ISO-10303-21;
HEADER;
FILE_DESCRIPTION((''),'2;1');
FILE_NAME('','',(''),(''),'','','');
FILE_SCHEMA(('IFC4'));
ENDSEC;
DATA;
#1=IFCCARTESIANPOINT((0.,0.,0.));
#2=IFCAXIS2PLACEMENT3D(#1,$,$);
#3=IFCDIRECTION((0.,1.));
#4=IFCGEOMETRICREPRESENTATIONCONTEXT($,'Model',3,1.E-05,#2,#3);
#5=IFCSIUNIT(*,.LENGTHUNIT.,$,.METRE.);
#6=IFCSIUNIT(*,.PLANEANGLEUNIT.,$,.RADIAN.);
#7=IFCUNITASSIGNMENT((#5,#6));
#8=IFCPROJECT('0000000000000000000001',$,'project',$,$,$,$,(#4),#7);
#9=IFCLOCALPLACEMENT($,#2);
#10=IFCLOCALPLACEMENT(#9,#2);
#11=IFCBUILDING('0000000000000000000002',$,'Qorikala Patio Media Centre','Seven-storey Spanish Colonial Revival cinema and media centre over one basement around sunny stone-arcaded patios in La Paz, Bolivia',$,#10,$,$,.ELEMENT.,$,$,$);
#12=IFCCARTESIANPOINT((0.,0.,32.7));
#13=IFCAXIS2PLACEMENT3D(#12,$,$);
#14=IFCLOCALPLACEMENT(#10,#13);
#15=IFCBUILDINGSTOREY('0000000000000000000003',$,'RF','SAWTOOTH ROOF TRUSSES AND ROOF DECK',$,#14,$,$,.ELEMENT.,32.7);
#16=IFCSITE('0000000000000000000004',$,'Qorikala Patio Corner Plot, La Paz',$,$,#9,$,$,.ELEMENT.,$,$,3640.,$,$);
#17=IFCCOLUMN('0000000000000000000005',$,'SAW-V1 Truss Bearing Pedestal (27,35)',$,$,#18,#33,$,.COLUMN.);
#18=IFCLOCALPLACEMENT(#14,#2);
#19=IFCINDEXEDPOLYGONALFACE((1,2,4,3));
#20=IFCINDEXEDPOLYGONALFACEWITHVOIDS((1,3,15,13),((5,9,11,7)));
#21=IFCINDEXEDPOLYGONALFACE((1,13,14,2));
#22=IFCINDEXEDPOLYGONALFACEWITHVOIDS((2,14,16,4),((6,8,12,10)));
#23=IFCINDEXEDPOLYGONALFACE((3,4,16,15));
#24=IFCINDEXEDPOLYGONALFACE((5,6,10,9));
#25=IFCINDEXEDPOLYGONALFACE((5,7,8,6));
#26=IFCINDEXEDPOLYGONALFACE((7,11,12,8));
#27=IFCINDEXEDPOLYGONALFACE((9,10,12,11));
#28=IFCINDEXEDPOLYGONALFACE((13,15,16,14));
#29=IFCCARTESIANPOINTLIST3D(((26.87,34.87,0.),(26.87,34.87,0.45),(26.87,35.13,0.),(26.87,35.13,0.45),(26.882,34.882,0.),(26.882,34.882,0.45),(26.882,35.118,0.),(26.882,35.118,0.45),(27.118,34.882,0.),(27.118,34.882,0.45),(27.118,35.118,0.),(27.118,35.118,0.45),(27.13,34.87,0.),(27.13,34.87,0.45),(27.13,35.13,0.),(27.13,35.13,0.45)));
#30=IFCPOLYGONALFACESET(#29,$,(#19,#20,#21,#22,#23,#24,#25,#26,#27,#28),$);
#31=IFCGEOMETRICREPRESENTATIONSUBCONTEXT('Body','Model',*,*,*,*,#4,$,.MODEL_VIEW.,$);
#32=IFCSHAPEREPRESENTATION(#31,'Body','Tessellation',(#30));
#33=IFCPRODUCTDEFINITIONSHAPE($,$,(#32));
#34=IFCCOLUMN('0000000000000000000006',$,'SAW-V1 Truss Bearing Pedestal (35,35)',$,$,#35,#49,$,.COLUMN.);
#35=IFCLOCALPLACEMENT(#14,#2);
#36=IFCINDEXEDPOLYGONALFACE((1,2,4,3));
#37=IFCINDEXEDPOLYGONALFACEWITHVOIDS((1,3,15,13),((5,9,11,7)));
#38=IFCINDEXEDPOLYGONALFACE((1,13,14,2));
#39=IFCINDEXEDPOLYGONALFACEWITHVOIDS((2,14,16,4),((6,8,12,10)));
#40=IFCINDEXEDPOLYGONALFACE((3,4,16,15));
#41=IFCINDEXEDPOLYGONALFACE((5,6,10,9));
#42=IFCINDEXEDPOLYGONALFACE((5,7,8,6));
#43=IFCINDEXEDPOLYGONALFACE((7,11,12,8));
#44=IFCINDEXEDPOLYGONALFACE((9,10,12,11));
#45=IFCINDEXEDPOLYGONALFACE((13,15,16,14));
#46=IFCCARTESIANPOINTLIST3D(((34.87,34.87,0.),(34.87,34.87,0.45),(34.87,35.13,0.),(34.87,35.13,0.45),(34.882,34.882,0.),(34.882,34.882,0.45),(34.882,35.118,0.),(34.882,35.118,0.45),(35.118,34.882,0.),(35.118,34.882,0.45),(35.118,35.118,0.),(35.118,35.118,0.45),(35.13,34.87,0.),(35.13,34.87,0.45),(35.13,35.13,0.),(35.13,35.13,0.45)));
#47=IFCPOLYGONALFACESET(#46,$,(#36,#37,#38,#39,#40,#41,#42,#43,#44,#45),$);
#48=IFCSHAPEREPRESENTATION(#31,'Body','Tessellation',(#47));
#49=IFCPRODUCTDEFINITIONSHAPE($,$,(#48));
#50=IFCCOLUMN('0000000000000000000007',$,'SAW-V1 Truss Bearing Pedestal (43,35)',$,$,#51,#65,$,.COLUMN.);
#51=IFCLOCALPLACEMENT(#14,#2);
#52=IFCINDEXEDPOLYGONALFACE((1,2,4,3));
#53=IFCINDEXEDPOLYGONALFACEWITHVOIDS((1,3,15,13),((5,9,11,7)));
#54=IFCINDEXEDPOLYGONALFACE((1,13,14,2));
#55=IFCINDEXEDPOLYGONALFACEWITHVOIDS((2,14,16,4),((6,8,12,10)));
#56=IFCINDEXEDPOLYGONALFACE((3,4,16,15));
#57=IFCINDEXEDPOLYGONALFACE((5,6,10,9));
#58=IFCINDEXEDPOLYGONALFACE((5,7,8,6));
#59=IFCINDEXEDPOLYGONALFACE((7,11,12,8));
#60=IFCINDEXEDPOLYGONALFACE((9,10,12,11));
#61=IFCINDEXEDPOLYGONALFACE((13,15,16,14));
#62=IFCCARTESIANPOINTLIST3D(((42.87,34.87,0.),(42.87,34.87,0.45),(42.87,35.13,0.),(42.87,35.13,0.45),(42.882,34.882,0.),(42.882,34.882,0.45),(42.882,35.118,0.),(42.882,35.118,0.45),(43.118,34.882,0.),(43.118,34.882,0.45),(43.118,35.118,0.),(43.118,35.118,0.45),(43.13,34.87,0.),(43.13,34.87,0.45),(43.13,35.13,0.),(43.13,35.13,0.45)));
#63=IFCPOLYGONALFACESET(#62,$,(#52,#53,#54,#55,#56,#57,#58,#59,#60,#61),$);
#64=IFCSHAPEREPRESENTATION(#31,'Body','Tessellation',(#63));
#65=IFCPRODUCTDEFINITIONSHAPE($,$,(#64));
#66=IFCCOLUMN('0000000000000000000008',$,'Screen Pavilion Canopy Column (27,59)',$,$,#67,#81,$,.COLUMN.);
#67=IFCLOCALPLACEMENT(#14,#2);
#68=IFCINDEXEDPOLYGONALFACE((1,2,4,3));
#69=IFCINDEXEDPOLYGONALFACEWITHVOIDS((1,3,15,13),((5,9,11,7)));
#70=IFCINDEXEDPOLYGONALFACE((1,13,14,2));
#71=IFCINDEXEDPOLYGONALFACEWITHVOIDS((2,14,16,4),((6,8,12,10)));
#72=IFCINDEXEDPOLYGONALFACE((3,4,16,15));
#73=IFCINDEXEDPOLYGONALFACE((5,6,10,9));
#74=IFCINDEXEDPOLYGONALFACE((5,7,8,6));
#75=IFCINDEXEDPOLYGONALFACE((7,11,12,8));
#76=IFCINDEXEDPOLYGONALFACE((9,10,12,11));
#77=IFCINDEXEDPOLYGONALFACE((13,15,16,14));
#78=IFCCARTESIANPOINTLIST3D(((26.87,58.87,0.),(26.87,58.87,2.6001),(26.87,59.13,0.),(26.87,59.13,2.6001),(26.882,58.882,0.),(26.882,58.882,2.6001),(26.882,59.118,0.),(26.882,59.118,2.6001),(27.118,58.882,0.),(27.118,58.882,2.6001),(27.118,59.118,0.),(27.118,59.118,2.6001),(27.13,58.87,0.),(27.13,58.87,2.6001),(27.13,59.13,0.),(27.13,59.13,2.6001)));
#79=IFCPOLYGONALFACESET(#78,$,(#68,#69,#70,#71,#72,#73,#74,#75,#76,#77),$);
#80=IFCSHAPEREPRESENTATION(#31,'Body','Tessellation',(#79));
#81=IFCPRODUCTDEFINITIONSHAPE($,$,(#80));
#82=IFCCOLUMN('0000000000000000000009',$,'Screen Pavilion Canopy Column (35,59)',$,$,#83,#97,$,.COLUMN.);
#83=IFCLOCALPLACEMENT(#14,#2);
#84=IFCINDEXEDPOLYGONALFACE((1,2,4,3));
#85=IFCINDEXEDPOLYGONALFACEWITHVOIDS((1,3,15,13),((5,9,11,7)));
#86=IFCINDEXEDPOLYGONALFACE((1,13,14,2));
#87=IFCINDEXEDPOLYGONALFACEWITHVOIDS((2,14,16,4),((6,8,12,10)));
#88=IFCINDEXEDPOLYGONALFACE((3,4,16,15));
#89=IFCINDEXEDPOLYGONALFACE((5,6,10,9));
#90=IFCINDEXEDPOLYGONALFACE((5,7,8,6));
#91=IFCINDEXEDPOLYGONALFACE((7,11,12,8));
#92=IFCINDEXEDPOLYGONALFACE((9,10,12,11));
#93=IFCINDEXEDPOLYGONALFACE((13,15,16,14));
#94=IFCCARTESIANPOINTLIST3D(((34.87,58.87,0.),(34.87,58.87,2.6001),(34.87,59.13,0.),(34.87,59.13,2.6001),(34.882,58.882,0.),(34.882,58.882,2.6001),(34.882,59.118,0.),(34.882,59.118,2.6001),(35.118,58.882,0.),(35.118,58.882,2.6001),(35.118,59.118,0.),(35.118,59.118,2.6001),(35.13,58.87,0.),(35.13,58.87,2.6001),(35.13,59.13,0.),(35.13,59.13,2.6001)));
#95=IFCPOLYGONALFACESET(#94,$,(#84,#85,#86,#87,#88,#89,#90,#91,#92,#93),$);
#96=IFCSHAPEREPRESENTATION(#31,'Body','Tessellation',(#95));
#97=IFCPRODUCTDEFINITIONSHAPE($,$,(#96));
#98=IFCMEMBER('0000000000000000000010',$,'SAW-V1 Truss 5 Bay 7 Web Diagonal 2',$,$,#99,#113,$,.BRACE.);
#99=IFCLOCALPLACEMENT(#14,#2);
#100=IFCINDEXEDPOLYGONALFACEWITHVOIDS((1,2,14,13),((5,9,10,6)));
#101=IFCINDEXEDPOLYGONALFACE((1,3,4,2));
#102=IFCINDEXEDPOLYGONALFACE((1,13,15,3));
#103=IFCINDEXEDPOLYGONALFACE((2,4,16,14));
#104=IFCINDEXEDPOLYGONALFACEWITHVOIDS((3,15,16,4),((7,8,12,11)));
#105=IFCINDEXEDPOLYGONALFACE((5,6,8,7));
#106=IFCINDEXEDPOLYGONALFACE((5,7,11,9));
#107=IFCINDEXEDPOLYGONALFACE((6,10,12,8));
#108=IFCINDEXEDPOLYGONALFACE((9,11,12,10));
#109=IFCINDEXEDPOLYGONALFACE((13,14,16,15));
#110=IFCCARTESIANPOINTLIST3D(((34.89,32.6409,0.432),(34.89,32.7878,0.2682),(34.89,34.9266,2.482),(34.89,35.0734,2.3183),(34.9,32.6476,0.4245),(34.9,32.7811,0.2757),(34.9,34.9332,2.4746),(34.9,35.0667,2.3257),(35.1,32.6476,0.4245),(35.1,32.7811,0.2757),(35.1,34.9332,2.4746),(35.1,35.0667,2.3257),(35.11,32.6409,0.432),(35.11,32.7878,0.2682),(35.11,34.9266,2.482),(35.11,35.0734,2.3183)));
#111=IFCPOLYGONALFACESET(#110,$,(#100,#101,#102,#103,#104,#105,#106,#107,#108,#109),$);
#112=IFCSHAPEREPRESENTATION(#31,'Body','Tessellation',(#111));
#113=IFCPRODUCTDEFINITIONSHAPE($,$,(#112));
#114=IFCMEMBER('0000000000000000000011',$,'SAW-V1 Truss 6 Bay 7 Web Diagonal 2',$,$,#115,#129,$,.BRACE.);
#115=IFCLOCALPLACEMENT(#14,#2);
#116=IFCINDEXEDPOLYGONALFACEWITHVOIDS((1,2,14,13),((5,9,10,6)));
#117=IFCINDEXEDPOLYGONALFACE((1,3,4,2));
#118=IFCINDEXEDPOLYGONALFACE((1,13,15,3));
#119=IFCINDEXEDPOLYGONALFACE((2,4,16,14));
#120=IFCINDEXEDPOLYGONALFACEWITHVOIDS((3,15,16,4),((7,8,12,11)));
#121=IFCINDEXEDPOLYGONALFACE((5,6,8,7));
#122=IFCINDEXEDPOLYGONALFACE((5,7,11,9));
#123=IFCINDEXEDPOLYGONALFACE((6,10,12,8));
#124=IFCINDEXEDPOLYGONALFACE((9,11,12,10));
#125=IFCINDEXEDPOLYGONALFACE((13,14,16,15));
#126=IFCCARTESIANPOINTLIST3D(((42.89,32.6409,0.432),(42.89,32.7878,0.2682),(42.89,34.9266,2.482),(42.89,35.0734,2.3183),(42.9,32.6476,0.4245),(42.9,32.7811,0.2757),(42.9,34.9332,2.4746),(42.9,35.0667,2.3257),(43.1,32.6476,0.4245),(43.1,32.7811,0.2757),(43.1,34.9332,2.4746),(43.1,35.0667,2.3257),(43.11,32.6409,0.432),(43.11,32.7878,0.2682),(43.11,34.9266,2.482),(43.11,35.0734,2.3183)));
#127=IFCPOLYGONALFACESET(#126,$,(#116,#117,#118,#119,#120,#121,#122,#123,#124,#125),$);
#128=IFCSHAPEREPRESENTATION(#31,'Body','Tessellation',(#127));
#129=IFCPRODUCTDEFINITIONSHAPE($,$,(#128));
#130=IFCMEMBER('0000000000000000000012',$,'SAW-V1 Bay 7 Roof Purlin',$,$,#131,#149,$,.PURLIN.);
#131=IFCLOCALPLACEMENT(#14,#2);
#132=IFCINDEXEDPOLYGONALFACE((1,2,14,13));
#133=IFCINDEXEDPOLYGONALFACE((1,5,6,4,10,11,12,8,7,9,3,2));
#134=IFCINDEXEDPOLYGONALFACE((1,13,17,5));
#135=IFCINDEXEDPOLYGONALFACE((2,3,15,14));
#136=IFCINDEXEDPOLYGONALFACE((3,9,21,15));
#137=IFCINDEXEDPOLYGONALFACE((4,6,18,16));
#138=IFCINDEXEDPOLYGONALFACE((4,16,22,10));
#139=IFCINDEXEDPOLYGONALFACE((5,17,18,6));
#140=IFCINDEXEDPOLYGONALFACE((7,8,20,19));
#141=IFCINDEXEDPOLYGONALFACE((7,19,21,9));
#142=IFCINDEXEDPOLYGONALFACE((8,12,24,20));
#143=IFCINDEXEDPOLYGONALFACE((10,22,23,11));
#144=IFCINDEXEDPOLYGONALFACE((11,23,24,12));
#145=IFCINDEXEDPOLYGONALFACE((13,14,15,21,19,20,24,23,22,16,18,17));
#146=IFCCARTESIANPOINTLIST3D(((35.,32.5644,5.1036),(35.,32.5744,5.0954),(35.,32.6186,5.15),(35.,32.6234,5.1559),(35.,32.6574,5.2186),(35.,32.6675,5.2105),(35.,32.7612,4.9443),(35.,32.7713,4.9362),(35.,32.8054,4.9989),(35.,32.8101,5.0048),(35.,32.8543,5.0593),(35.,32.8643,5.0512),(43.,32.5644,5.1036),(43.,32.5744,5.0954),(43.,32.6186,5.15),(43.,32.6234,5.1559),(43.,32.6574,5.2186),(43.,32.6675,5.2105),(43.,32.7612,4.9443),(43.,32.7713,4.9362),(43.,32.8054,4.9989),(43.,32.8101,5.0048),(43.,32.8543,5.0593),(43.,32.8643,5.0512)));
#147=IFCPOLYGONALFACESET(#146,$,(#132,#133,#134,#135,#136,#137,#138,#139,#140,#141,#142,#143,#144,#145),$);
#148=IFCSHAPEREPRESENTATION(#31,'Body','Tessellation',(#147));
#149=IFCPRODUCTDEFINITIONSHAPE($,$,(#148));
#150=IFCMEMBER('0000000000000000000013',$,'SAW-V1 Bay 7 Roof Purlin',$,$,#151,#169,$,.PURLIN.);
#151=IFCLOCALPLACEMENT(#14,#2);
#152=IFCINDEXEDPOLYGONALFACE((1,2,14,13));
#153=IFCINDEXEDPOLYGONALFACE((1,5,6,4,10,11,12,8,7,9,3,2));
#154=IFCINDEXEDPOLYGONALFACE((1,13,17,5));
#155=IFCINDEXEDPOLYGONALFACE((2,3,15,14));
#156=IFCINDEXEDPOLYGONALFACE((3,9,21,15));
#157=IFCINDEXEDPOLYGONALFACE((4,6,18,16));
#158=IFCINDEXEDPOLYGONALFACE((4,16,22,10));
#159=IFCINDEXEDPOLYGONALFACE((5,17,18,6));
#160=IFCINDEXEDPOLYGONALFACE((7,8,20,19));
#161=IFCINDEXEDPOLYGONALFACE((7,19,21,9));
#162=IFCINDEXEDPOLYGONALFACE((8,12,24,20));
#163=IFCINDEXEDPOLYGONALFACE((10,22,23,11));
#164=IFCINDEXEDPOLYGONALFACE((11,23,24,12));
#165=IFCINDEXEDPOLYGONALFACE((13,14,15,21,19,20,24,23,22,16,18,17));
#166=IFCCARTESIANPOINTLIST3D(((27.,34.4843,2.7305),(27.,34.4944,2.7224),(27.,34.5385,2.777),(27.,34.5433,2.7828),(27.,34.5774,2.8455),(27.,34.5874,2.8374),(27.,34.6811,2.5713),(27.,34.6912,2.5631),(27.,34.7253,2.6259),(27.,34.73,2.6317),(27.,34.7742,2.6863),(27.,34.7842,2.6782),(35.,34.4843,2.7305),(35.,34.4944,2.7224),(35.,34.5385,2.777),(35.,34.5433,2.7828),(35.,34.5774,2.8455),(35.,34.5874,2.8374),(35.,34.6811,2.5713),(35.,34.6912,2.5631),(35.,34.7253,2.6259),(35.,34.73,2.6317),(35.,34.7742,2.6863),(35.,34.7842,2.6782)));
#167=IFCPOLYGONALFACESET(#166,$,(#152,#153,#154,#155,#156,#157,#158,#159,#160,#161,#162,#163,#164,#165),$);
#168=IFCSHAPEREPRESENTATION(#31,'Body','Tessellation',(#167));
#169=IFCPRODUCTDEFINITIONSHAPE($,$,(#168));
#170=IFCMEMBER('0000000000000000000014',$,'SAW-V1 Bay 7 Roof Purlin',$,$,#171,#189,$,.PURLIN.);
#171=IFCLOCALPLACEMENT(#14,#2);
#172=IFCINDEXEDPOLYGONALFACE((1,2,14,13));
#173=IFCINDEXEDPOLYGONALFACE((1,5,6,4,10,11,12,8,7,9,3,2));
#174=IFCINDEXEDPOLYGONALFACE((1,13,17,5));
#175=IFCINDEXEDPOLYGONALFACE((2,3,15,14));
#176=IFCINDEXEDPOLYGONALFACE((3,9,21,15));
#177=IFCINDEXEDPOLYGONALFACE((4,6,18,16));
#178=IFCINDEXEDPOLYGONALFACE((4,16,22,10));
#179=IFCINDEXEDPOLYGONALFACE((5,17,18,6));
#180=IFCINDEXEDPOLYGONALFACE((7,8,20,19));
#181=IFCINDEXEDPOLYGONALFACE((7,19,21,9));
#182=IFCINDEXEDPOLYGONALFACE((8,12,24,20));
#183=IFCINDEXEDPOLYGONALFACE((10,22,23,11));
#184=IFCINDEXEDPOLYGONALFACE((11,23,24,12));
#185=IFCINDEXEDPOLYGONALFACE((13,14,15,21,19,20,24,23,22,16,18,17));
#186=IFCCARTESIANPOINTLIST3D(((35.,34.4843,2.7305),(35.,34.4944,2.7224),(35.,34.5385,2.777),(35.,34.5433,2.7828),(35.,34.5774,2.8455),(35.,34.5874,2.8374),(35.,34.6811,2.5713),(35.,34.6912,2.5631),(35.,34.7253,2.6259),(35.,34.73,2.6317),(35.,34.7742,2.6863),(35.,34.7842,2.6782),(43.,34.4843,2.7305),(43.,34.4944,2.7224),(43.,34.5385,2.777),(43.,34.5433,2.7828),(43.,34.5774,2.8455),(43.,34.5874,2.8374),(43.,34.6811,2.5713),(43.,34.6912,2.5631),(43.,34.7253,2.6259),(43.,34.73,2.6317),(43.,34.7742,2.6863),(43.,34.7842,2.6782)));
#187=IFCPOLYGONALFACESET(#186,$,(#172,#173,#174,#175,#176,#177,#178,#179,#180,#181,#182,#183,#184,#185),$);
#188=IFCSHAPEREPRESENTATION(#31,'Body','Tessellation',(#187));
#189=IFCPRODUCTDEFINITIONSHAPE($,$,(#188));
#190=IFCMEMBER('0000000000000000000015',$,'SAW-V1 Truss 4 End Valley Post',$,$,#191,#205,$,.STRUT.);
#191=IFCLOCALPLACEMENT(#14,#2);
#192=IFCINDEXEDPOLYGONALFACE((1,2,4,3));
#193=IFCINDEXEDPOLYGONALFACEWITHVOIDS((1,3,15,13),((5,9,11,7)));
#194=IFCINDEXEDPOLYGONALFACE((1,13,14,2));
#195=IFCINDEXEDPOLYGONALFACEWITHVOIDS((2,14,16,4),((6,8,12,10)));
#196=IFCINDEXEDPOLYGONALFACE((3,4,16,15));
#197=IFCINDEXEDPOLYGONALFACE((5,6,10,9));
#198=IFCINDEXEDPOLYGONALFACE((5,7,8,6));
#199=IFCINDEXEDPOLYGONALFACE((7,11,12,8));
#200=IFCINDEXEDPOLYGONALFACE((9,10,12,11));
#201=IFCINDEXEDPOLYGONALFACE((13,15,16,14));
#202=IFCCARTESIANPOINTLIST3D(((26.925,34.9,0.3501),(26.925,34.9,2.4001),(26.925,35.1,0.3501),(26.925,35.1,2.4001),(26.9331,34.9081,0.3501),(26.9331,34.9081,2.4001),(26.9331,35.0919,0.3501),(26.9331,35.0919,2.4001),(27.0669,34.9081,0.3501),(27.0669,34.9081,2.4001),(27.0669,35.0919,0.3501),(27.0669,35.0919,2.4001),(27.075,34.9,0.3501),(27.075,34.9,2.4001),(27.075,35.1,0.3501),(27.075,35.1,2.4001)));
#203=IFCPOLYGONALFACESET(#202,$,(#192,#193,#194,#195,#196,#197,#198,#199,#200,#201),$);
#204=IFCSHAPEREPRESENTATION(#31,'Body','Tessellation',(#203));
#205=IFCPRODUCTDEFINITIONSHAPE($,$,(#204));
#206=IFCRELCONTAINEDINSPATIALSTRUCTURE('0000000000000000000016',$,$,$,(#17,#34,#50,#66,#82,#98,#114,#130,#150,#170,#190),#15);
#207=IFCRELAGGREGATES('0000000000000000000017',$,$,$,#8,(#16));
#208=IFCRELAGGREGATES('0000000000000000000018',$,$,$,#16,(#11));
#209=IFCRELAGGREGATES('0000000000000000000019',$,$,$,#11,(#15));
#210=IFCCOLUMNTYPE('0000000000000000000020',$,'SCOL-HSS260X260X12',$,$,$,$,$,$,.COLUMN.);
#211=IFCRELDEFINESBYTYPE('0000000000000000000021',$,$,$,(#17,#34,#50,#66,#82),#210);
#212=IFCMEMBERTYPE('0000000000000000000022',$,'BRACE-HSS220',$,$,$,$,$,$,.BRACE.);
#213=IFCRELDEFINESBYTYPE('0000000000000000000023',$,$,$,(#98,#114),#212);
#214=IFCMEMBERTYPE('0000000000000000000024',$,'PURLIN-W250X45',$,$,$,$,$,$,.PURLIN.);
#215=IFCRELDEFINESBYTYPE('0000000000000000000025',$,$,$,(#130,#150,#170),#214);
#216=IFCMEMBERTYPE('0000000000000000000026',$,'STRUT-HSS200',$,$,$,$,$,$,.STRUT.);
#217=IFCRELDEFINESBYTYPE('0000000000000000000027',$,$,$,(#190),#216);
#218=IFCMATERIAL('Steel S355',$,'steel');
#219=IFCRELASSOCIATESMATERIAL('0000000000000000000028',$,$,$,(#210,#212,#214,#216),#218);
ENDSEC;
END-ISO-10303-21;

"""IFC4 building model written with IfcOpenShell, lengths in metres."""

from ifc_helpers import new_model, si_unit, direction, frame, origin, origin_2d, place, context, subcontext, project, spatial, hollow_rectangle, i_section, extrude, material, material_profile, profile_set, type_object, element, save


model = new_model("IFC4")

# Units and contexts
model_context = context("Model", 3, precision=1e-05, world=origin(), true_north=direction((0.0, 1.0)))
body_context = subcontext(model_context, "Body", "Model", "MODEL_VIEW")
ifc_project = project(units=[si_unit("LENGTHUNIT", "METRE"), si_unit("PLANEANGLEUNIT", "RADIAN")], contexts=[model_context])

# Site, building, storey
site_placement = place(None, origin())
site = spatial("IfcSite", under=ifc_project, at=site_placement, Name="Qorikala Patio Corner Plot, La Paz", CompositionType="ELEMENT", RefElevation=3640.0)
building_placement = place(site_placement, origin())
building = spatial("IfcBuilding", under=site, at=building_placement, Name="Qorikala Patio Media Centre", Description="Seven-storey Spanish Colonial Revival cinema and media centre over one basement around sunny stone-arcaded patios in La Paz, Bolivia", CompositionType="ELEMENT")
storey_placement = place(building_placement, frame((0.0, 0.0, 32.7)))
storey = spatial("IfcBuildingStorey", under=building, at=storey_placement, Name="RF", Description="SAWTOOTH ROOF TRUSSES AND ROOF DECK", CompositionType="ELEMENT", Elevation=32.7)

# Columns
ifc_material = material(Name="Steel S355", Category="steel")
ifc_material_profile_1 = material_profile(ifc_material, hollow_rectangle(XDim=0.26, YDim=0.26, WallThickness=0.012, at=origin_2d()), Name="HSS260X260X12")
ifc_profile_set_1 = profile_set([ifc_material_profile_1], Name="Steel S355")
column_type = type_object("IfcColumnType", Name="SCOL-HSS260X260X12", PredefinedType="COLUMN", material=ifc_profile_set_1)
for number, where, z_axis, x_axis, name in (
    (1, (27.0, 35.0, 0.0), (0.0, 0.0, 1.0), (1.0, 0.0, 0.0), "SAW-V1 Truss Bearing Pedestal (27,35)"),
    (2, (35.0, 35.0, 0.0), (0.0, 0.0, 1.0), (1.0, 0.0, 0.0), "SAW-V1 Truss Bearing Pedestal (35,35)"),
    (3, (43.0, 35.0, 0.0), (0.0, 0.0, 1.0), (1.0, 0.0, 0.0), "SAW-V1 Truss Bearing Pedestal (43,35)"),
):
    element("IfcColumn", number, at=place(storey_placement, frame(where, z_axis=z_axis, x_axis=x_axis)), inside=storey, type_object=column_type, Name=name, PredefinedType="COLUMN", context=body_context, shape_type="SweptSolid", body=[
        extrude(hollow_rectangle(XDim=0.26, YDim=0.26, WallThickness=0.012, at=origin_2d()), origin(), (0.0, 0.0, 1.0), 0.45),
    ])
for number, where, z_axis, x_axis, name in (
    (4, (27.0, 59.0, 0.0), (0.0, 0.0, 1.0), (1.0, 0.0, 0.0), "Screen Pavilion Canopy Column (27,59)"),
    (5, (35.0, 59.0, 0.0), (0.0, 0.0, 1.0), (1.0, 0.0, 0.0), "Screen Pavilion Canopy Column (35,59)"),
):
    element("IfcColumn", number, at=place(storey_placement, frame(where, z_axis=z_axis, x_axis=x_axis)), inside=storey, type_object=column_type, Name=name, PredefinedType="COLUMN", context=body_context, shape_type="SweptSolid", body=[
        extrude(hollow_rectangle(XDim=0.26, YDim=0.26, WallThickness=0.012, at=origin_2d()), origin(), (0.0, 0.0, 1.0), 2.6001),
    ])

# Members
ifc_material_profile_2 = material_profile(ifc_material, hollow_rectangle(XDim=0.22, YDim=0.22, WallThickness=0.01, at=origin_2d()), Name="HSS220X220X10")
ifc_profile_set_2 = profile_set([ifc_material_profile_2], Name="Steel S355")
member_type_1 = type_object("IfcMemberType", Name="BRACE-HSS220", PredefinedType="BRACE", material=ifc_profile_set_2)
for number, where, z_axis, x_axis, name in (
    (6, (35.0, 32.7144, 0.3501), (0.0, 0.744432, 0.667699), (-1.0, 0.0, 0.0), "SAW-V1 Truss 5 Bay 7 Web Diagonal 2"),
    (7, (43.0, 32.7144, 0.3501), (0.0, 0.744432, 0.667699), (-1.0, 0.0, 0.0), "SAW-V1 Truss 6 Bay 7 Web Diagonal 2"),
):
    element("IfcMember", number, at=place(storey_placement, frame(where, z_axis=z_axis, x_axis=x_axis)), inside=storey, type_object=member_type_1, Name=name, PredefinedType="BRACE", context=body_context, shape_type="SweptSolid", body=[
        extrude(hollow_rectangle(XDim=0.22, YDim=0.22, WallThickness=0.01, at=origin_2d()), origin(), (0.0, 0.0, 1.0), 3.0703),
    ])
ifc_material_profile_3 = material_profile(ifc_material, i_section(OverallWidth=0.1479, OverallDepth=0.2661, WebThickness=0.0076, FlangeThickness=0.0129, at=origin_2d()), Name="W250X45")
ifc_profile_set_3 = profile_set([ifc_material_profile_3], Name="Steel S355")
member_type_2 = type_object("IfcMemberType", Name="PURLIN-W250X45", PredefinedType="PURLIN", material=ifc_profile_set_3)
for number, where, z_axis, x_axis, name in (
    (8, (35.0, 32.7144, 5.0774), (1.0, 0.0, 0.0), (0.0, 0.628995, 0.77741), "SAW-V1 Bay 7 Roof Purlin"),
    (9, (27.0, 34.6343, 2.7043), (1.0, 0.0, 0.0), (0.0, 0.628995, 0.77741), "SAW-V1 Bay 7 Roof Purlin"),
    (10, (35.0, 34.6343, 2.7043), (1.0, 0.0, 0.0), (0.0, 0.628995, 0.77741), "SAW-V1 Bay 7 Roof Purlin"),
):
    element("IfcMember", number, at=place(storey_placement, frame(where, z_axis=z_axis, x_axis=x_axis)), inside=storey, type_object=member_type_2, Name=name, PredefinedType="PURLIN", context=body_context, shape_type="SweptSolid", body=[
        extrude(i_section(OverallWidth=0.1479, OverallDepth=0.2661, WebThickness=0.0076, FlangeThickness=0.0129, at=origin_2d()), origin(), (0.0, 0.0, 1.0), 8.0),
    ])
ifc_material_profile_4 = material_profile(ifc_material, hollow_rectangle(XDim=0.1499, YDim=0.2, WallThickness=0.0081, at=origin_2d()), Name="HSS200X150X8")
ifc_profile_set_4 = profile_set([ifc_material_profile_4], Name="Steel S355")
member_type_3 = type_object("IfcMemberType", Name="STRUT-HSS200", PredefinedType="STRUT", material=ifc_profile_set_4)
for number, where, z_axis, x_axis, name in (
    (11, (27.0, 35.0, 0.3501), (0.0, 0.0, 1.0), (1.0, 0.0, 0.0), "SAW-V1 Truss 4 End Valley Post"),
):
    element("IfcMember", number, at=place(storey_placement, frame(where, z_axis=z_axis, x_axis=x_axis)), inside=storey, type_object=member_type_3, Name=name, PredefinedType="STRUT", context=body_context, shape_type="SweptSolid", body=[
        extrude(hollow_rectangle(XDim=0.1499, YDim=0.2, WallThickness=0.0081, at=origin_2d()), origin(), (0.0, 0.0, 1.0), 2.05),
    ])

save(model, "model.ifc")
